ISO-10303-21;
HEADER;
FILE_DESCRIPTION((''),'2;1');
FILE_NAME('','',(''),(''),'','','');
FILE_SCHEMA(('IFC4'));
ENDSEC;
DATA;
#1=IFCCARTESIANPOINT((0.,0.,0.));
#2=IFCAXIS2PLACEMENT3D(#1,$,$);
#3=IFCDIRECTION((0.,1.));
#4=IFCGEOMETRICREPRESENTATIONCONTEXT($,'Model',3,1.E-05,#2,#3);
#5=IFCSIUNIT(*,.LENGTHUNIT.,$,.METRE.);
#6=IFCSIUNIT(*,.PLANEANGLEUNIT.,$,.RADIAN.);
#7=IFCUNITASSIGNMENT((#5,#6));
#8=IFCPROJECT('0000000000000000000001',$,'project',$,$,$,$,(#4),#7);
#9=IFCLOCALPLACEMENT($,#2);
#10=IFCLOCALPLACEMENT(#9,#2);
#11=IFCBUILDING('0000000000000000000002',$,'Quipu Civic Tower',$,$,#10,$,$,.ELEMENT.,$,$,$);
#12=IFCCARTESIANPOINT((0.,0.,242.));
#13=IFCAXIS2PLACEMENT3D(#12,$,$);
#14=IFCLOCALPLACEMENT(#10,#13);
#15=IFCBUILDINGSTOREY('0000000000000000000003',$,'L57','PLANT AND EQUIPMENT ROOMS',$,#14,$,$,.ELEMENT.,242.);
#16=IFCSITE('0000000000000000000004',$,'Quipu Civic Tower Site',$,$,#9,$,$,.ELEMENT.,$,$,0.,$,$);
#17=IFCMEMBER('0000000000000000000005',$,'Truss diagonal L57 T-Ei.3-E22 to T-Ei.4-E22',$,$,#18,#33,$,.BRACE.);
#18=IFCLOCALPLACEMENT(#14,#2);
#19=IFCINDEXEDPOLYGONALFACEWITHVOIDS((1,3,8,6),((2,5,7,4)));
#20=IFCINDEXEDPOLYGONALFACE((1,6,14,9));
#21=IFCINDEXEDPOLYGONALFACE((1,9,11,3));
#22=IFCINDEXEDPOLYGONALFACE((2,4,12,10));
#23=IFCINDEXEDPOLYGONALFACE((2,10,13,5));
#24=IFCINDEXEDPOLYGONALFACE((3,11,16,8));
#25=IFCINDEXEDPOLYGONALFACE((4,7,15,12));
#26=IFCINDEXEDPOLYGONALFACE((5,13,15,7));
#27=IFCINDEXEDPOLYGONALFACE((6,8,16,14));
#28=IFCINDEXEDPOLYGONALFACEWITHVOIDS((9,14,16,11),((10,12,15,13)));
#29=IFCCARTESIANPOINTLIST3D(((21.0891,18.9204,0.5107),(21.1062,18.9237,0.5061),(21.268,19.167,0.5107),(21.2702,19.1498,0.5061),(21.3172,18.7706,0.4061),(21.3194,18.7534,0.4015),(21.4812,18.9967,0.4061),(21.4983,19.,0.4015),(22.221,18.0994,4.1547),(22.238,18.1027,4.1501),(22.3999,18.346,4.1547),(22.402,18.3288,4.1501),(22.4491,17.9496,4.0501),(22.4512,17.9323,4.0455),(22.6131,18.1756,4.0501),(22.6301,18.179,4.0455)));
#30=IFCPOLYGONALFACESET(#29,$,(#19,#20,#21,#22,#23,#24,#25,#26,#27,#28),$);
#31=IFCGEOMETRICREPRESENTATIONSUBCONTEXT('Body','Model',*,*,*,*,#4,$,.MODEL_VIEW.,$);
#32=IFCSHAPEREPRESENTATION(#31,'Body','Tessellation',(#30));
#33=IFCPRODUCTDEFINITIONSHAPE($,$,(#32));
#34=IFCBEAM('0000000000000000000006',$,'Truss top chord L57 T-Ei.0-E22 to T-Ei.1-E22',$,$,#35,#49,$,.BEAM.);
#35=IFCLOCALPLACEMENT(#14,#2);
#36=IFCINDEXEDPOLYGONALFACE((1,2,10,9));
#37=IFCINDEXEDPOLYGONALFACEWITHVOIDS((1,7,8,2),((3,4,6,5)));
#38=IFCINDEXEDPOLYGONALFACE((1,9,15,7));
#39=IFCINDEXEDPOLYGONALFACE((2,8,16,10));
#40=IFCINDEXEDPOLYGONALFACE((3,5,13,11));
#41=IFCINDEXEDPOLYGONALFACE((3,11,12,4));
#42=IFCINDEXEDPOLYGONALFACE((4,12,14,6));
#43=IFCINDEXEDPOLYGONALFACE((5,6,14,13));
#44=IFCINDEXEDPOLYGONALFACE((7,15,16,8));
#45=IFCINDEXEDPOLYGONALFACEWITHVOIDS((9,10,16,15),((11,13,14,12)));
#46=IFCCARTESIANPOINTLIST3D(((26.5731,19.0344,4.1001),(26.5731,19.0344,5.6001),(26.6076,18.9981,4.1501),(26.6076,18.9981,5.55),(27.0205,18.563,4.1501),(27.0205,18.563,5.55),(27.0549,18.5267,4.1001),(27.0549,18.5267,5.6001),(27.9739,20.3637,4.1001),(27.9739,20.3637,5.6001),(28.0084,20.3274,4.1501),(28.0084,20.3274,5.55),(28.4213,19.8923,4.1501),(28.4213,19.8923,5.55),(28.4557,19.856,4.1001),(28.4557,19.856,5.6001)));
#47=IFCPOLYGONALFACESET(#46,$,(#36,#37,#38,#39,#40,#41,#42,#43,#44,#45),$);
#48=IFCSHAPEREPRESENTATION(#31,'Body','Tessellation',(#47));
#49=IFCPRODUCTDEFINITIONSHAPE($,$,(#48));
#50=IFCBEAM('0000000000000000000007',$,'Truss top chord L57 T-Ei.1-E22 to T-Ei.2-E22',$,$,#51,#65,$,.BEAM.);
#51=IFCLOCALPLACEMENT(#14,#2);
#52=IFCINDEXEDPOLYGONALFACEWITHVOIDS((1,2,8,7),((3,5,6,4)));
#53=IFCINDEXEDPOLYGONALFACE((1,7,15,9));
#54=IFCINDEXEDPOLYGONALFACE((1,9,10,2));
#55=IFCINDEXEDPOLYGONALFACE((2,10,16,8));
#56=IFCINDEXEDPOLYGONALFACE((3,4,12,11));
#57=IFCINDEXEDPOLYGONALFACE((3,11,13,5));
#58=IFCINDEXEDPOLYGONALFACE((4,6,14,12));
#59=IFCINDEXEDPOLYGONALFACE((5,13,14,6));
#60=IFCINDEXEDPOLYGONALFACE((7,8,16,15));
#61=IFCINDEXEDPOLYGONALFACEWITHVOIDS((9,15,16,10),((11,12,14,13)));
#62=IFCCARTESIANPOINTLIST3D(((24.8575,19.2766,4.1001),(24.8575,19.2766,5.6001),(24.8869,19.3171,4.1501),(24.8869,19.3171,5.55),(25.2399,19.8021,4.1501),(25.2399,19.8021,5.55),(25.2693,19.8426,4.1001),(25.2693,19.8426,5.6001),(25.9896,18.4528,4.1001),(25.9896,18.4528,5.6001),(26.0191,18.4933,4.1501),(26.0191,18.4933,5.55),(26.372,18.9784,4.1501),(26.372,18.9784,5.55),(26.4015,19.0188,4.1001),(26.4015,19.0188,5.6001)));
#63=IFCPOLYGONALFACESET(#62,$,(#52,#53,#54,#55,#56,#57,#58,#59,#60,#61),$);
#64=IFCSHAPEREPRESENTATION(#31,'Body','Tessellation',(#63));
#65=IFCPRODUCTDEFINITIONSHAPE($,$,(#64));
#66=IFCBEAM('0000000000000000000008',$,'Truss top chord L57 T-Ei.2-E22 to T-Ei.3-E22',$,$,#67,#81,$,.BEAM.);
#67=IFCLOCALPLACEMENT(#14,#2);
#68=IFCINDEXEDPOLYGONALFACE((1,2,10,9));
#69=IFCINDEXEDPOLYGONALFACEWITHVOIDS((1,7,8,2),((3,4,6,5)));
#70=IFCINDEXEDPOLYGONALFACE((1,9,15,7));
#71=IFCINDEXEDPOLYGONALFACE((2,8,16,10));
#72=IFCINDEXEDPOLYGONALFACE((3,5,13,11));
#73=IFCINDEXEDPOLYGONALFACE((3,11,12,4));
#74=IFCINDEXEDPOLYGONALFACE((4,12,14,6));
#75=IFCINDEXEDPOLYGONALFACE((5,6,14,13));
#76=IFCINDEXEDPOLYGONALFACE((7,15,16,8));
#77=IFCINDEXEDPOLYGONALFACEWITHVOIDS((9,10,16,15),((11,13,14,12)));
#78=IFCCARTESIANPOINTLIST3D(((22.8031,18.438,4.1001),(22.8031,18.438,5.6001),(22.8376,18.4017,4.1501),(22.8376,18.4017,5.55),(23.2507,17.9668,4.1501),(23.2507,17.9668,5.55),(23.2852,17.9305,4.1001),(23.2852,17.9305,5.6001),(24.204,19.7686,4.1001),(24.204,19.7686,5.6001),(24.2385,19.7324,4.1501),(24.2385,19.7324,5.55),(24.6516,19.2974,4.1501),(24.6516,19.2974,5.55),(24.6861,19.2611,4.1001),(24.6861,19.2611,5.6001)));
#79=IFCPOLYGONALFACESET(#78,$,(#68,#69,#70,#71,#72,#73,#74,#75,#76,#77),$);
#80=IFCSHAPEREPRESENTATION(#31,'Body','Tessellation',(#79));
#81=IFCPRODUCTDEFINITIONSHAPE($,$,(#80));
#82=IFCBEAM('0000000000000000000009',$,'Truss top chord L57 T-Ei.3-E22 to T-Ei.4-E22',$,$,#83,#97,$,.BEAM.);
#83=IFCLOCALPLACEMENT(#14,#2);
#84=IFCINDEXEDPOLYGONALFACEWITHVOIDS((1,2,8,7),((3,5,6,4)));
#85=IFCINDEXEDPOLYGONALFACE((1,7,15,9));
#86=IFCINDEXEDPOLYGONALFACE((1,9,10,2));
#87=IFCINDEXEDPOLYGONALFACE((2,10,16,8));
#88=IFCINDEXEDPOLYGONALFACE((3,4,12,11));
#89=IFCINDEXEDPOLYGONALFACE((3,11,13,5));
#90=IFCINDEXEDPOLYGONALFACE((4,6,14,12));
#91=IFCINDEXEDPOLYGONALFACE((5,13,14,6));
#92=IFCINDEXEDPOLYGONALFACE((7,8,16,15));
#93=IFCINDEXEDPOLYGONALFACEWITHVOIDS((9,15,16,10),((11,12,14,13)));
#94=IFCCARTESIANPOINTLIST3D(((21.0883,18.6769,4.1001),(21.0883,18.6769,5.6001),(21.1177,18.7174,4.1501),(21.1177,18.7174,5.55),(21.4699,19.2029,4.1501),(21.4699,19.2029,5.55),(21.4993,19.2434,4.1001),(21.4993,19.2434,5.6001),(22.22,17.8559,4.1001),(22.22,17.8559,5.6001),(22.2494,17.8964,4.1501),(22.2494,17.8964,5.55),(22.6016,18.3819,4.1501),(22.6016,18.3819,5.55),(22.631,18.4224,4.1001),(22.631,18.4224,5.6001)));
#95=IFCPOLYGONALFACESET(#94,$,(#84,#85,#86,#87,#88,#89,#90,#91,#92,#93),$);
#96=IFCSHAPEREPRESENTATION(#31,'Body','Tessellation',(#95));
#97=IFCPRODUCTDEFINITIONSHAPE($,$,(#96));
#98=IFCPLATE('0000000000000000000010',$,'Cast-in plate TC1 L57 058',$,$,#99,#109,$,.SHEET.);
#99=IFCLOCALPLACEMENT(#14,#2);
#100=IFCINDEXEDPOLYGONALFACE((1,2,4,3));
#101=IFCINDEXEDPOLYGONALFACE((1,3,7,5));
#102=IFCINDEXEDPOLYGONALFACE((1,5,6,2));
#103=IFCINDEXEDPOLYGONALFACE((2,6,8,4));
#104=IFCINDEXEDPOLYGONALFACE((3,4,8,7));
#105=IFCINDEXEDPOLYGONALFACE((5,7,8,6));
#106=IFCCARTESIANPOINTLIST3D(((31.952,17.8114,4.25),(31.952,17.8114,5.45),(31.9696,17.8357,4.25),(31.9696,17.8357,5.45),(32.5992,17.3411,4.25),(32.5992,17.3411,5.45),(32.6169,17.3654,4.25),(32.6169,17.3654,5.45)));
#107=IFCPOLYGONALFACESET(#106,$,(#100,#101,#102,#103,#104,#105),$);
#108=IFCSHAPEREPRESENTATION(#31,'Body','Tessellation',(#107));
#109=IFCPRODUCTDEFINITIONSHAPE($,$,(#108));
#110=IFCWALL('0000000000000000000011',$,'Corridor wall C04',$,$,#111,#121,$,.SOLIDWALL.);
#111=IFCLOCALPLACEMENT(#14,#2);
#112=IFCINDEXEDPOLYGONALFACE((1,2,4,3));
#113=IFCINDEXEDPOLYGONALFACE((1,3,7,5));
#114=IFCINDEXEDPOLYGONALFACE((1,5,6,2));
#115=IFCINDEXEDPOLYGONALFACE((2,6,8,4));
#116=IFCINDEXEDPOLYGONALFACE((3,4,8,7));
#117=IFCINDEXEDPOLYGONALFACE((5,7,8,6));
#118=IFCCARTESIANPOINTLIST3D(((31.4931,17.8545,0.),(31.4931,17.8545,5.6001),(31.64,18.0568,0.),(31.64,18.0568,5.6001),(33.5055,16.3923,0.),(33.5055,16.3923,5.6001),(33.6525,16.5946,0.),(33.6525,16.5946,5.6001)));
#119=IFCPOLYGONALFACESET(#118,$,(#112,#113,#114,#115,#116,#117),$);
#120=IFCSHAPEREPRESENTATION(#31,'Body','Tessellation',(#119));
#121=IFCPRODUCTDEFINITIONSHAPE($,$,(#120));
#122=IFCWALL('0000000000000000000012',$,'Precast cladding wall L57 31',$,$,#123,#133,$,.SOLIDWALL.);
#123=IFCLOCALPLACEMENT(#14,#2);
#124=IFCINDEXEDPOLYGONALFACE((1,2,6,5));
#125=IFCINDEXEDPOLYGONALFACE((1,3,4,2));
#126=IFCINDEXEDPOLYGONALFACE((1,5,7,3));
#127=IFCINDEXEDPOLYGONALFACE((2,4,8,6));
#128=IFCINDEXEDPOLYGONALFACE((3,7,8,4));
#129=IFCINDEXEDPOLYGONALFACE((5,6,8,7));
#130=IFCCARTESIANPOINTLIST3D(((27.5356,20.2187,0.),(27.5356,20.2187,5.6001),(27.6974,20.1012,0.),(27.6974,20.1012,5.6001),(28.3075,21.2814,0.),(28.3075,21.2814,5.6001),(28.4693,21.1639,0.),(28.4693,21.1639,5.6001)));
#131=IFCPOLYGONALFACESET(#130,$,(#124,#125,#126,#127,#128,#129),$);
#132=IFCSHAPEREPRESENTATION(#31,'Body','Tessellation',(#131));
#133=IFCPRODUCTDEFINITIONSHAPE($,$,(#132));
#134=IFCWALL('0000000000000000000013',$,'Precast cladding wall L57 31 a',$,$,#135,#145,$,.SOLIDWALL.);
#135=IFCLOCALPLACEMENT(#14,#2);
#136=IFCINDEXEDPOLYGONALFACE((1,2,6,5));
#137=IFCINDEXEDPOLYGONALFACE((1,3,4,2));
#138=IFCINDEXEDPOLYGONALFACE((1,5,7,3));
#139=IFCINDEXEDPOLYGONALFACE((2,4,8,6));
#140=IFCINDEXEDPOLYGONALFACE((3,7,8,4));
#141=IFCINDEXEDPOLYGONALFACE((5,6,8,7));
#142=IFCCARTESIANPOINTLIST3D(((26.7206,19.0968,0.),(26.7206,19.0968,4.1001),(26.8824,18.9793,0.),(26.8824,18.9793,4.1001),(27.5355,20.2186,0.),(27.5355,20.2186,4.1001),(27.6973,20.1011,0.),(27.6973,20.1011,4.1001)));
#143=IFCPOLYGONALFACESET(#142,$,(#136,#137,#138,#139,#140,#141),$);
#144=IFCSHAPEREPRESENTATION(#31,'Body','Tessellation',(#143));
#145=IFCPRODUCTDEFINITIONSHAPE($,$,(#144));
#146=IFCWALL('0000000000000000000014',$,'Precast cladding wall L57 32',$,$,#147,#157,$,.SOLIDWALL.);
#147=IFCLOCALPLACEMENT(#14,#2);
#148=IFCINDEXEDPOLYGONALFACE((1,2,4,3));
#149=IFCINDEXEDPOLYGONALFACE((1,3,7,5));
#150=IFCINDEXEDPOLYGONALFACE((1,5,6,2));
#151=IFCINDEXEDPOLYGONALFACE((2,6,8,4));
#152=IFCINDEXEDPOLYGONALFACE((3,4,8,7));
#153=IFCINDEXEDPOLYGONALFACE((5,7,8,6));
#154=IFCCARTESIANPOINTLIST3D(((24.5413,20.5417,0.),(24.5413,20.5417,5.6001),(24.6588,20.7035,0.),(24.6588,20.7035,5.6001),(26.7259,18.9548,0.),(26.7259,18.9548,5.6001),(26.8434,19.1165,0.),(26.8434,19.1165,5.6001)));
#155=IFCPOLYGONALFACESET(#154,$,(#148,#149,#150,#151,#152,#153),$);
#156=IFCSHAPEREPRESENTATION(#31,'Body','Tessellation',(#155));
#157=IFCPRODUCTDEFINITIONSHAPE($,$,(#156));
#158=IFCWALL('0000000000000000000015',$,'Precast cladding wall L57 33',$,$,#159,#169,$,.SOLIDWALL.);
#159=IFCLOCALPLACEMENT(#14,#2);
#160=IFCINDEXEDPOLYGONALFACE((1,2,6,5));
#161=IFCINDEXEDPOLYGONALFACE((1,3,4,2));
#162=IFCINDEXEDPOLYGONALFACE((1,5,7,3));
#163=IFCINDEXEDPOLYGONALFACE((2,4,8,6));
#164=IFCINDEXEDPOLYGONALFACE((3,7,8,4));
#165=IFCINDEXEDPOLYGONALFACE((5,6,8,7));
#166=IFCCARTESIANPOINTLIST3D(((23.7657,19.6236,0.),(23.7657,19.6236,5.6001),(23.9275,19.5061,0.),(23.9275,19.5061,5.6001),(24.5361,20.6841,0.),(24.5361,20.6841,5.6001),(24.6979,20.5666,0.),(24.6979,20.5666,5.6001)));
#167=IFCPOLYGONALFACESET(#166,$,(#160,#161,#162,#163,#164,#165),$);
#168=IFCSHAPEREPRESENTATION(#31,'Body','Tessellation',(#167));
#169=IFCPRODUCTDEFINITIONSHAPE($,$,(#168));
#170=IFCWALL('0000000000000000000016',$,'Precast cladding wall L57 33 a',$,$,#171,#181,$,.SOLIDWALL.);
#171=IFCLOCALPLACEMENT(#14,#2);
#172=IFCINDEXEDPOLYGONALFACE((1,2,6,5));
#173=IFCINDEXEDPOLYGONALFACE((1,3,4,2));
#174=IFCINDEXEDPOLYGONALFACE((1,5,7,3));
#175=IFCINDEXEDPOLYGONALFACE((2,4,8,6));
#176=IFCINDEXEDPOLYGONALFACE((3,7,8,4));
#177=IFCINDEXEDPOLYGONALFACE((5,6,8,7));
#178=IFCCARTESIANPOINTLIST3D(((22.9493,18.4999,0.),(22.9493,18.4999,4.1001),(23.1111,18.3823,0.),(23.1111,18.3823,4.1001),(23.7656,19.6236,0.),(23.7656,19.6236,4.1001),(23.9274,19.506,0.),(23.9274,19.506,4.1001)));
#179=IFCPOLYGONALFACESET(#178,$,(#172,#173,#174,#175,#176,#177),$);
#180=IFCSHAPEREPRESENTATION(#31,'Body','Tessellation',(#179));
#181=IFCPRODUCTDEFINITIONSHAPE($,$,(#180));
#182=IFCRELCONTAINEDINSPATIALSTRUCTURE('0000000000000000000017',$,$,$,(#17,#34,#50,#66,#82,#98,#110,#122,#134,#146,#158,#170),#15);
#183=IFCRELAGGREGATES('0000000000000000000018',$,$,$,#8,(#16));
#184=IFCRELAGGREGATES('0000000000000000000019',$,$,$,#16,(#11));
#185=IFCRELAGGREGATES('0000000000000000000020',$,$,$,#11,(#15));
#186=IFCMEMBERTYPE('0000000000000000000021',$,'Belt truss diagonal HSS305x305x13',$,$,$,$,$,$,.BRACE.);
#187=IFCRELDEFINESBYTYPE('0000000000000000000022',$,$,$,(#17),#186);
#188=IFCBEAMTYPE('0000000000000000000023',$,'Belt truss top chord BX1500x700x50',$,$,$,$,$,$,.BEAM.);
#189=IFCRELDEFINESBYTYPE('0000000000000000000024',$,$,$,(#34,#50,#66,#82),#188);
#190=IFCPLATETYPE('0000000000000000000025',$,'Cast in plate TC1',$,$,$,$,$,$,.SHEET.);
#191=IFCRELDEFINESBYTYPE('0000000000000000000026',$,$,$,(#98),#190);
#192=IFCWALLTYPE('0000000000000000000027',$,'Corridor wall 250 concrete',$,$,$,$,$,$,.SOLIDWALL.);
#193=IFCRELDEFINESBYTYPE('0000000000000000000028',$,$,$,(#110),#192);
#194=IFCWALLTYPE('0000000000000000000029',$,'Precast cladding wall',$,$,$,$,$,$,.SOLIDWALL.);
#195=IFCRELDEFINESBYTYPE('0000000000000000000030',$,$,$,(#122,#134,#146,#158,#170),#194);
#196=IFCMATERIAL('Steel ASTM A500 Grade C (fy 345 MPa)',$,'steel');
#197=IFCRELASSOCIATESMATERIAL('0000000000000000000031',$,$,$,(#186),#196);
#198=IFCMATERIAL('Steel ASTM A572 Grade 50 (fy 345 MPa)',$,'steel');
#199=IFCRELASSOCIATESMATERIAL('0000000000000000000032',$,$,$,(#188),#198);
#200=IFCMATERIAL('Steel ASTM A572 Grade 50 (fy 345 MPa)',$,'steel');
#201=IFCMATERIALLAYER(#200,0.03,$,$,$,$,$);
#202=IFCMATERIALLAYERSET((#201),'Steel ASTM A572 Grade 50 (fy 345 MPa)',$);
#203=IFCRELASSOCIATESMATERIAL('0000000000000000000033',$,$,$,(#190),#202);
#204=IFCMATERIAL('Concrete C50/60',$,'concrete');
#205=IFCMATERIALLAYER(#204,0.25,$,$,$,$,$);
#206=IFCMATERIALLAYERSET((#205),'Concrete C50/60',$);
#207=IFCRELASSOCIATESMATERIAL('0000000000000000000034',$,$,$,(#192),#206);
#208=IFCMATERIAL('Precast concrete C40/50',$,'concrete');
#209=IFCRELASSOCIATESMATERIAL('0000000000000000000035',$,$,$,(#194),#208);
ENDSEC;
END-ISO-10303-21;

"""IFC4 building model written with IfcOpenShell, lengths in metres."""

from ifc_helpers import new_model, si_unit, direction, frame, frame_2d, origin, origin_2d, place, context, subcontext, project, spatial, rectangle, hollow_rectangle, extrude, material, layer, layer_set, material_profile, profile_set, type_object, element, save


model = new_model("IFC4")

# Units and contexts
model_context = context("Model", 3, precision=1e-05, world=origin(), true_north=direction((0.0, 1.0)))
body_context = subcontext(model_context, "Body", "Model", "MODEL_VIEW")
ifc_project = project(units=[si_unit("LENGTHUNIT", "METRE"), si_unit("PLANEANGLEUNIT", "RADIAN")], contexts=[model_context])

# Site, building, storey
site_placement = place(None, origin())
site = spatial("IfcSite", under=ifc_project, at=site_placement, Name="Quipu Civic Tower Site", CompositionType="ELEMENT", RefElevation=0.0)
building_placement = place(site_placement, origin())
building = spatial("IfcBuilding", under=site, at=building_placement, Name="Quipu Civic Tower", CompositionType="ELEMENT")
storey_placement = place(building_placement, frame((0.0, 0.0, 242.0)))
storey = spatial("IfcBuildingStorey", under=building, at=storey_placement, Name="L57", Description="PLANT AND EQUIPMENT ROOMS", CompositionType="ELEMENT", Elevation=242.0)

# Member
ifc_material_1 = material(Name="Steel ASTM A500 Grade C (fy 345 MPa)", Category="steel")
ifc_material_profile_1 = material_profile(ifc_material_1, hollow_rectangle(XDim=0.3047, YDim=0.3047, WallThickness=0.0127, at=origin_2d()), Name="HSS305x305x13")
ifc_profile_set_1 = profile_set([ifc_material_profile_1], Name="Steel ASTM A500 Grade C (fy 345 MPa)")
member_type = type_object("IfcMemberType", Name="Belt truss diagonal HSS305x305x13", PredefinedType="BRACE", material=ifc_profile_set_1)
member_1_placement = place(storey_placement, frame((22.4255, 18.1392, 4.1001), z_axis=(-0.289984, 0.210357, -0.933627), x_axis=(-0.587185, -0.809453, 0.0)))
element("IfcMember", 1, at=member_1_placement, inside=storey, type_object=member_type, Name="Truss diagonal L57 T-Ei.3-E22 to T-Ei.4-E22", PredefinedType="BRACE", context=body_context, shape_type="SweptSolid", body=[
    extrude(hollow_rectangle(XDim=0.3047, YDim=0.3047, WallThickness=0.0127, at=origin_2d()), origin(), (0.0, 0.0, 1.0), 3.9031),
])

# Beams
ifc_material_2 = material(Name="Steel ASTM A572 Grade 50 (fy 345 MPa)", Category="steel")
ifc_material_profile_2 = material_profile(ifc_material_2, hollow_rectangle(XDim=0.7, YDim=1.5, WallThickness=0.05, at=origin_2d()), Name="BX1500x700x50")
ifc_profile_set_2 = profile_set([ifc_material_profile_2], Name="Steel ASTM A572 Grade 50 (fy 345 MPa)")
beam_type_1 = type_object("IfcBeamType", Name="Belt truss top chord BX1500x700x50", PredefinedType="BEAM", material=ifc_profile_set_2)
beam_1_placement = place(storey_placement, frame((28.2148, 20.1099, 4.8501), z_axis=(-0.725384, -0.688344, 0.0), x_axis=(0.688344, -0.725384, 0.0)))
element("IfcBeam", 2, at=beam_1_placement, inside=storey, type_object=beam_type_1, Name="Truss top chord L57 T-Ei.0-E22 to T-Ei.1-E22", PredefinedType="BEAM", context=body_context, shape_type="SweptSolid", body=[
    extrude(hollow_rectangle(XDim=0.7, YDim=1.5, WallThickness=0.05, at=origin_2d()), origin(), (0.0, 0.0, 1.0), 1.9312),
])
beam_2_placement = place(storey_placement, frame((26.1956, 18.7358, 4.8501), z_axis=(-0.8086, 0.588358, 0.0), x_axis=(-0.588358, -0.8086, 0.0)))
element("IfcBeam", 3, at=beam_2_placement, inside=storey, type_object=beam_type_1, Name="Truss top chord L57 T-Ei.1-E22 to T-Ei.2-E22", PredefinedType="BEAM", context=body_context, shape_type="SweptSolid", body=[
    extrude(hollow_rectangle(XDim=0.7, YDim=1.5, WallThickness=0.05, at=origin_2d()), origin(), (0.0, 0.0, 1.0), 1.4001),
])
beam_3_placement = place(storey_placement, frame((24.4451, 19.5149, 4.8501), z_axis=(-0.725069, -0.688676, 0.0), x_axis=(0.688676, -0.725069, 0.0)))
element("IfcBeam", 4, at=beam_3_placement, inside=storey, type_object=beam_type_1, Name="Truss top chord L57 T-Ei.2-E22 to T-Ei.3-E22", PredefinedType="BEAM", context=body_context, shape_type="SweptSolid", body=[
    extrude(hollow_rectangle(XDim=0.7, YDim=1.5, WallThickness=0.05, at=origin_2d()), origin(), (0.0, 0.0, 1.0), 1.9321),
])
beam_4_placement = place(storey_placement, frame((22.4255, 18.1392, 4.8501), z_axis=(-0.809453, 0.587185, 0.0), x_axis=(-0.587185, -0.809453, 0.0)))
element("IfcBeam", 5, at=beam_4_placement, inside=storey, type_object=beam_type_1, Name="Truss top chord L57 T-Ei.3-E22 to T-Ei.4-E22", PredefinedType="BEAM", context=body_context, shape_type="SweptSolid", body=[
    extrude(hollow_rectangle(XDim=0.7, YDim=1.5, WallThickness=0.05, at=origin_2d()), origin(), (0.0, 0.0, 1.0), 1.3982),
])

# Plate
ifc_material_3 = material(Name="Steel ASTM A572 Grade 50 (fy 345 MPa)", Category="steel")
ifc_layer_1 = layer(ifc_material_3, 0.03)
ifc_layer_set_1 = layer_set([ifc_layer_1], Name="Steel ASTM A572 Grade 50 (fy 345 MPa)")
plate_type = type_object("IfcPlateType", Name="Cast in plate TC1", PredefinedType="SHEET", material=ifc_layer_set_1)
plate_placement = place(storey_placement, frame((32.2844, 17.5884, 4.25), z_axis=(0.0, 0.0, 1.0), x_axis=(0.809007, -0.587799, 0.0)))
element("IfcPlate", 6, at=plate_placement, inside=storey, type_object=plate_type, Name="Cast-in plate TC1 L57 058", PredefinedType="SHEET", context=body_context, shape_type="SweptSolid", body=[
    extrude(rectangle(XDim=0.8, YDim=0.03, at=origin_2d()), origin(), (0.0, 0.0, 1.0), 1.2),
])

# Walls
ifc_material_4 = material(Name="Concrete C50/60", Category="concrete")
ifc_layer_2 = layer(ifc_material_4, 0.25)
ifc_layer_set_2 = layer_set([ifc_layer_2], Name="Concrete C50/60")
wall_type_1 = type_object("IfcWallType", Name="Corridor wall 250 concrete", PredefinedType="SOLIDWALL", material=ifc_layer_set_2)
wall_1_placement = place(storey_placement, frame((31.5667, 17.9556, 0.0), z_axis=(0.0, 0.0, 1.0), x_axis=(0.809012, -0.587792, 0.0)))
element("IfcWall", 7, at=wall_1_placement, inside=storey, type_object=wall_type_1, Name="Corridor wall C04", PredefinedType="SOLIDWALL", context=body_context, shape_type="SweptSolid", body=[
    extrude(rectangle(XDim=2.4875, YDim=0.25, at=frame_2d((1.2437, 0.0))), origin(), (0.0, 0.0, 1.0), 5.6001),
])
ifc_material_5 = material(Name="Precast concrete C40/50", Category="concrete")
wall_type_2 = type_object("IfcWallType", Name="Precast cladding wall", PredefinedType="SOLIDWALL", material=ifc_material_5)
wall_2_placement = place(storey_placement, frame((28.3884, 21.2227, 0.0), z_axis=(0.0, 0.0, 1.0), x_axis=(-0.587707, -0.809074, 0.0)))
element("IfcWall", 8, at=wall_2_placement, inside=storey, type_object=wall_type_2, Name="Precast cladding wall L57 31", PredefinedType="SOLIDWALL", context=body_context, shape_type="SweptSolid", body=[
    extrude(rectangle(XDim=1.3135, YDim=0.2, at=frame_2d((0.6567, 0.0))), origin(), (0.0, 0.0, 1.0), 5.6001),
])
wall_3_placement = place(storey_placement, frame((27.6165, 20.1599, 0.0), z_axis=(0.0, 0.0, 1.0), x_axis=(-0.587732, -0.809056, 0.0)))
element("IfcWall", 9, at=wall_3_placement, inside=storey, type_object=wall_type_2, Name="Precast cladding wall L57 31 a", PredefinedType="SOLIDWALL", context=body_context, shape_type="SweptSolid", body=[
    extrude(rectangle(XDim=1.3865, YDim=0.2, at=frame_2d((0.6934, 0.0))), origin(), (0.0, 0.0, 1.0), 4.1001),
])
wall_4_placement = place(storey_placement, frame((26.7847, 19.0356, 0.0), z_axis=(0.0, 0.0, 1.0), x_axis=(-0.809064, 0.58772, 0.0)))
element("IfcWall", 10, at=wall_4_placement, inside=storey, type_object=wall_type_2, Name="Precast cladding wall L57 32", PredefinedType="SOLIDWALL", context=body_context, shape_type="SweptSolid", body=[
    extrude(rectangle(XDim=2.7002, YDim=0.2, at=frame_2d((1.3501, 0.0))), origin(), (0.0, 0.0, 1.0), 5.6001),
])
wall_5_placement = place(storey_placement, frame((24.6169, 20.6252, 0.0), z_axis=(0.0, 0.0, 1.0), x_axis=(-0.587773, -0.809026, 0.0)))
element("IfcWall", 11, at=wall_5_placement, inside=storey, type_object=wall_type_2, Name="Precast cladding wall L57 33", PredefinedType="SOLIDWALL", context=body_context, shape_type="SweptSolid", body=[
    extrude(rectangle(XDim=1.3108, YDim=0.2, at=frame_2d((0.6553, 0.0))), origin(), (0.0, 0.0, 1.0), 5.6001),
])
wall_6_placement = place(storey_placement, frame((23.8464, 19.5647, 0.0), z_axis=(0.0, 0.0, 1.0), x_axis=(-0.587754, -0.80904, 0.0)))
element("IfcWall", 12, at=wall_6_placement, inside=storey, type_object=wall_type_2, Name="Precast cladding wall L57 33 a", PredefinedType="SOLIDWALL", context=body_context, shape_type="SweptSolid", body=[
    extrude(rectangle(XDim=1.3889, YDim=0.2, at=frame_2d((0.6943, 0.0))), origin(), (0.0, 0.0, 1.0), 4.1001),
])

save(model, "model.ifc")
